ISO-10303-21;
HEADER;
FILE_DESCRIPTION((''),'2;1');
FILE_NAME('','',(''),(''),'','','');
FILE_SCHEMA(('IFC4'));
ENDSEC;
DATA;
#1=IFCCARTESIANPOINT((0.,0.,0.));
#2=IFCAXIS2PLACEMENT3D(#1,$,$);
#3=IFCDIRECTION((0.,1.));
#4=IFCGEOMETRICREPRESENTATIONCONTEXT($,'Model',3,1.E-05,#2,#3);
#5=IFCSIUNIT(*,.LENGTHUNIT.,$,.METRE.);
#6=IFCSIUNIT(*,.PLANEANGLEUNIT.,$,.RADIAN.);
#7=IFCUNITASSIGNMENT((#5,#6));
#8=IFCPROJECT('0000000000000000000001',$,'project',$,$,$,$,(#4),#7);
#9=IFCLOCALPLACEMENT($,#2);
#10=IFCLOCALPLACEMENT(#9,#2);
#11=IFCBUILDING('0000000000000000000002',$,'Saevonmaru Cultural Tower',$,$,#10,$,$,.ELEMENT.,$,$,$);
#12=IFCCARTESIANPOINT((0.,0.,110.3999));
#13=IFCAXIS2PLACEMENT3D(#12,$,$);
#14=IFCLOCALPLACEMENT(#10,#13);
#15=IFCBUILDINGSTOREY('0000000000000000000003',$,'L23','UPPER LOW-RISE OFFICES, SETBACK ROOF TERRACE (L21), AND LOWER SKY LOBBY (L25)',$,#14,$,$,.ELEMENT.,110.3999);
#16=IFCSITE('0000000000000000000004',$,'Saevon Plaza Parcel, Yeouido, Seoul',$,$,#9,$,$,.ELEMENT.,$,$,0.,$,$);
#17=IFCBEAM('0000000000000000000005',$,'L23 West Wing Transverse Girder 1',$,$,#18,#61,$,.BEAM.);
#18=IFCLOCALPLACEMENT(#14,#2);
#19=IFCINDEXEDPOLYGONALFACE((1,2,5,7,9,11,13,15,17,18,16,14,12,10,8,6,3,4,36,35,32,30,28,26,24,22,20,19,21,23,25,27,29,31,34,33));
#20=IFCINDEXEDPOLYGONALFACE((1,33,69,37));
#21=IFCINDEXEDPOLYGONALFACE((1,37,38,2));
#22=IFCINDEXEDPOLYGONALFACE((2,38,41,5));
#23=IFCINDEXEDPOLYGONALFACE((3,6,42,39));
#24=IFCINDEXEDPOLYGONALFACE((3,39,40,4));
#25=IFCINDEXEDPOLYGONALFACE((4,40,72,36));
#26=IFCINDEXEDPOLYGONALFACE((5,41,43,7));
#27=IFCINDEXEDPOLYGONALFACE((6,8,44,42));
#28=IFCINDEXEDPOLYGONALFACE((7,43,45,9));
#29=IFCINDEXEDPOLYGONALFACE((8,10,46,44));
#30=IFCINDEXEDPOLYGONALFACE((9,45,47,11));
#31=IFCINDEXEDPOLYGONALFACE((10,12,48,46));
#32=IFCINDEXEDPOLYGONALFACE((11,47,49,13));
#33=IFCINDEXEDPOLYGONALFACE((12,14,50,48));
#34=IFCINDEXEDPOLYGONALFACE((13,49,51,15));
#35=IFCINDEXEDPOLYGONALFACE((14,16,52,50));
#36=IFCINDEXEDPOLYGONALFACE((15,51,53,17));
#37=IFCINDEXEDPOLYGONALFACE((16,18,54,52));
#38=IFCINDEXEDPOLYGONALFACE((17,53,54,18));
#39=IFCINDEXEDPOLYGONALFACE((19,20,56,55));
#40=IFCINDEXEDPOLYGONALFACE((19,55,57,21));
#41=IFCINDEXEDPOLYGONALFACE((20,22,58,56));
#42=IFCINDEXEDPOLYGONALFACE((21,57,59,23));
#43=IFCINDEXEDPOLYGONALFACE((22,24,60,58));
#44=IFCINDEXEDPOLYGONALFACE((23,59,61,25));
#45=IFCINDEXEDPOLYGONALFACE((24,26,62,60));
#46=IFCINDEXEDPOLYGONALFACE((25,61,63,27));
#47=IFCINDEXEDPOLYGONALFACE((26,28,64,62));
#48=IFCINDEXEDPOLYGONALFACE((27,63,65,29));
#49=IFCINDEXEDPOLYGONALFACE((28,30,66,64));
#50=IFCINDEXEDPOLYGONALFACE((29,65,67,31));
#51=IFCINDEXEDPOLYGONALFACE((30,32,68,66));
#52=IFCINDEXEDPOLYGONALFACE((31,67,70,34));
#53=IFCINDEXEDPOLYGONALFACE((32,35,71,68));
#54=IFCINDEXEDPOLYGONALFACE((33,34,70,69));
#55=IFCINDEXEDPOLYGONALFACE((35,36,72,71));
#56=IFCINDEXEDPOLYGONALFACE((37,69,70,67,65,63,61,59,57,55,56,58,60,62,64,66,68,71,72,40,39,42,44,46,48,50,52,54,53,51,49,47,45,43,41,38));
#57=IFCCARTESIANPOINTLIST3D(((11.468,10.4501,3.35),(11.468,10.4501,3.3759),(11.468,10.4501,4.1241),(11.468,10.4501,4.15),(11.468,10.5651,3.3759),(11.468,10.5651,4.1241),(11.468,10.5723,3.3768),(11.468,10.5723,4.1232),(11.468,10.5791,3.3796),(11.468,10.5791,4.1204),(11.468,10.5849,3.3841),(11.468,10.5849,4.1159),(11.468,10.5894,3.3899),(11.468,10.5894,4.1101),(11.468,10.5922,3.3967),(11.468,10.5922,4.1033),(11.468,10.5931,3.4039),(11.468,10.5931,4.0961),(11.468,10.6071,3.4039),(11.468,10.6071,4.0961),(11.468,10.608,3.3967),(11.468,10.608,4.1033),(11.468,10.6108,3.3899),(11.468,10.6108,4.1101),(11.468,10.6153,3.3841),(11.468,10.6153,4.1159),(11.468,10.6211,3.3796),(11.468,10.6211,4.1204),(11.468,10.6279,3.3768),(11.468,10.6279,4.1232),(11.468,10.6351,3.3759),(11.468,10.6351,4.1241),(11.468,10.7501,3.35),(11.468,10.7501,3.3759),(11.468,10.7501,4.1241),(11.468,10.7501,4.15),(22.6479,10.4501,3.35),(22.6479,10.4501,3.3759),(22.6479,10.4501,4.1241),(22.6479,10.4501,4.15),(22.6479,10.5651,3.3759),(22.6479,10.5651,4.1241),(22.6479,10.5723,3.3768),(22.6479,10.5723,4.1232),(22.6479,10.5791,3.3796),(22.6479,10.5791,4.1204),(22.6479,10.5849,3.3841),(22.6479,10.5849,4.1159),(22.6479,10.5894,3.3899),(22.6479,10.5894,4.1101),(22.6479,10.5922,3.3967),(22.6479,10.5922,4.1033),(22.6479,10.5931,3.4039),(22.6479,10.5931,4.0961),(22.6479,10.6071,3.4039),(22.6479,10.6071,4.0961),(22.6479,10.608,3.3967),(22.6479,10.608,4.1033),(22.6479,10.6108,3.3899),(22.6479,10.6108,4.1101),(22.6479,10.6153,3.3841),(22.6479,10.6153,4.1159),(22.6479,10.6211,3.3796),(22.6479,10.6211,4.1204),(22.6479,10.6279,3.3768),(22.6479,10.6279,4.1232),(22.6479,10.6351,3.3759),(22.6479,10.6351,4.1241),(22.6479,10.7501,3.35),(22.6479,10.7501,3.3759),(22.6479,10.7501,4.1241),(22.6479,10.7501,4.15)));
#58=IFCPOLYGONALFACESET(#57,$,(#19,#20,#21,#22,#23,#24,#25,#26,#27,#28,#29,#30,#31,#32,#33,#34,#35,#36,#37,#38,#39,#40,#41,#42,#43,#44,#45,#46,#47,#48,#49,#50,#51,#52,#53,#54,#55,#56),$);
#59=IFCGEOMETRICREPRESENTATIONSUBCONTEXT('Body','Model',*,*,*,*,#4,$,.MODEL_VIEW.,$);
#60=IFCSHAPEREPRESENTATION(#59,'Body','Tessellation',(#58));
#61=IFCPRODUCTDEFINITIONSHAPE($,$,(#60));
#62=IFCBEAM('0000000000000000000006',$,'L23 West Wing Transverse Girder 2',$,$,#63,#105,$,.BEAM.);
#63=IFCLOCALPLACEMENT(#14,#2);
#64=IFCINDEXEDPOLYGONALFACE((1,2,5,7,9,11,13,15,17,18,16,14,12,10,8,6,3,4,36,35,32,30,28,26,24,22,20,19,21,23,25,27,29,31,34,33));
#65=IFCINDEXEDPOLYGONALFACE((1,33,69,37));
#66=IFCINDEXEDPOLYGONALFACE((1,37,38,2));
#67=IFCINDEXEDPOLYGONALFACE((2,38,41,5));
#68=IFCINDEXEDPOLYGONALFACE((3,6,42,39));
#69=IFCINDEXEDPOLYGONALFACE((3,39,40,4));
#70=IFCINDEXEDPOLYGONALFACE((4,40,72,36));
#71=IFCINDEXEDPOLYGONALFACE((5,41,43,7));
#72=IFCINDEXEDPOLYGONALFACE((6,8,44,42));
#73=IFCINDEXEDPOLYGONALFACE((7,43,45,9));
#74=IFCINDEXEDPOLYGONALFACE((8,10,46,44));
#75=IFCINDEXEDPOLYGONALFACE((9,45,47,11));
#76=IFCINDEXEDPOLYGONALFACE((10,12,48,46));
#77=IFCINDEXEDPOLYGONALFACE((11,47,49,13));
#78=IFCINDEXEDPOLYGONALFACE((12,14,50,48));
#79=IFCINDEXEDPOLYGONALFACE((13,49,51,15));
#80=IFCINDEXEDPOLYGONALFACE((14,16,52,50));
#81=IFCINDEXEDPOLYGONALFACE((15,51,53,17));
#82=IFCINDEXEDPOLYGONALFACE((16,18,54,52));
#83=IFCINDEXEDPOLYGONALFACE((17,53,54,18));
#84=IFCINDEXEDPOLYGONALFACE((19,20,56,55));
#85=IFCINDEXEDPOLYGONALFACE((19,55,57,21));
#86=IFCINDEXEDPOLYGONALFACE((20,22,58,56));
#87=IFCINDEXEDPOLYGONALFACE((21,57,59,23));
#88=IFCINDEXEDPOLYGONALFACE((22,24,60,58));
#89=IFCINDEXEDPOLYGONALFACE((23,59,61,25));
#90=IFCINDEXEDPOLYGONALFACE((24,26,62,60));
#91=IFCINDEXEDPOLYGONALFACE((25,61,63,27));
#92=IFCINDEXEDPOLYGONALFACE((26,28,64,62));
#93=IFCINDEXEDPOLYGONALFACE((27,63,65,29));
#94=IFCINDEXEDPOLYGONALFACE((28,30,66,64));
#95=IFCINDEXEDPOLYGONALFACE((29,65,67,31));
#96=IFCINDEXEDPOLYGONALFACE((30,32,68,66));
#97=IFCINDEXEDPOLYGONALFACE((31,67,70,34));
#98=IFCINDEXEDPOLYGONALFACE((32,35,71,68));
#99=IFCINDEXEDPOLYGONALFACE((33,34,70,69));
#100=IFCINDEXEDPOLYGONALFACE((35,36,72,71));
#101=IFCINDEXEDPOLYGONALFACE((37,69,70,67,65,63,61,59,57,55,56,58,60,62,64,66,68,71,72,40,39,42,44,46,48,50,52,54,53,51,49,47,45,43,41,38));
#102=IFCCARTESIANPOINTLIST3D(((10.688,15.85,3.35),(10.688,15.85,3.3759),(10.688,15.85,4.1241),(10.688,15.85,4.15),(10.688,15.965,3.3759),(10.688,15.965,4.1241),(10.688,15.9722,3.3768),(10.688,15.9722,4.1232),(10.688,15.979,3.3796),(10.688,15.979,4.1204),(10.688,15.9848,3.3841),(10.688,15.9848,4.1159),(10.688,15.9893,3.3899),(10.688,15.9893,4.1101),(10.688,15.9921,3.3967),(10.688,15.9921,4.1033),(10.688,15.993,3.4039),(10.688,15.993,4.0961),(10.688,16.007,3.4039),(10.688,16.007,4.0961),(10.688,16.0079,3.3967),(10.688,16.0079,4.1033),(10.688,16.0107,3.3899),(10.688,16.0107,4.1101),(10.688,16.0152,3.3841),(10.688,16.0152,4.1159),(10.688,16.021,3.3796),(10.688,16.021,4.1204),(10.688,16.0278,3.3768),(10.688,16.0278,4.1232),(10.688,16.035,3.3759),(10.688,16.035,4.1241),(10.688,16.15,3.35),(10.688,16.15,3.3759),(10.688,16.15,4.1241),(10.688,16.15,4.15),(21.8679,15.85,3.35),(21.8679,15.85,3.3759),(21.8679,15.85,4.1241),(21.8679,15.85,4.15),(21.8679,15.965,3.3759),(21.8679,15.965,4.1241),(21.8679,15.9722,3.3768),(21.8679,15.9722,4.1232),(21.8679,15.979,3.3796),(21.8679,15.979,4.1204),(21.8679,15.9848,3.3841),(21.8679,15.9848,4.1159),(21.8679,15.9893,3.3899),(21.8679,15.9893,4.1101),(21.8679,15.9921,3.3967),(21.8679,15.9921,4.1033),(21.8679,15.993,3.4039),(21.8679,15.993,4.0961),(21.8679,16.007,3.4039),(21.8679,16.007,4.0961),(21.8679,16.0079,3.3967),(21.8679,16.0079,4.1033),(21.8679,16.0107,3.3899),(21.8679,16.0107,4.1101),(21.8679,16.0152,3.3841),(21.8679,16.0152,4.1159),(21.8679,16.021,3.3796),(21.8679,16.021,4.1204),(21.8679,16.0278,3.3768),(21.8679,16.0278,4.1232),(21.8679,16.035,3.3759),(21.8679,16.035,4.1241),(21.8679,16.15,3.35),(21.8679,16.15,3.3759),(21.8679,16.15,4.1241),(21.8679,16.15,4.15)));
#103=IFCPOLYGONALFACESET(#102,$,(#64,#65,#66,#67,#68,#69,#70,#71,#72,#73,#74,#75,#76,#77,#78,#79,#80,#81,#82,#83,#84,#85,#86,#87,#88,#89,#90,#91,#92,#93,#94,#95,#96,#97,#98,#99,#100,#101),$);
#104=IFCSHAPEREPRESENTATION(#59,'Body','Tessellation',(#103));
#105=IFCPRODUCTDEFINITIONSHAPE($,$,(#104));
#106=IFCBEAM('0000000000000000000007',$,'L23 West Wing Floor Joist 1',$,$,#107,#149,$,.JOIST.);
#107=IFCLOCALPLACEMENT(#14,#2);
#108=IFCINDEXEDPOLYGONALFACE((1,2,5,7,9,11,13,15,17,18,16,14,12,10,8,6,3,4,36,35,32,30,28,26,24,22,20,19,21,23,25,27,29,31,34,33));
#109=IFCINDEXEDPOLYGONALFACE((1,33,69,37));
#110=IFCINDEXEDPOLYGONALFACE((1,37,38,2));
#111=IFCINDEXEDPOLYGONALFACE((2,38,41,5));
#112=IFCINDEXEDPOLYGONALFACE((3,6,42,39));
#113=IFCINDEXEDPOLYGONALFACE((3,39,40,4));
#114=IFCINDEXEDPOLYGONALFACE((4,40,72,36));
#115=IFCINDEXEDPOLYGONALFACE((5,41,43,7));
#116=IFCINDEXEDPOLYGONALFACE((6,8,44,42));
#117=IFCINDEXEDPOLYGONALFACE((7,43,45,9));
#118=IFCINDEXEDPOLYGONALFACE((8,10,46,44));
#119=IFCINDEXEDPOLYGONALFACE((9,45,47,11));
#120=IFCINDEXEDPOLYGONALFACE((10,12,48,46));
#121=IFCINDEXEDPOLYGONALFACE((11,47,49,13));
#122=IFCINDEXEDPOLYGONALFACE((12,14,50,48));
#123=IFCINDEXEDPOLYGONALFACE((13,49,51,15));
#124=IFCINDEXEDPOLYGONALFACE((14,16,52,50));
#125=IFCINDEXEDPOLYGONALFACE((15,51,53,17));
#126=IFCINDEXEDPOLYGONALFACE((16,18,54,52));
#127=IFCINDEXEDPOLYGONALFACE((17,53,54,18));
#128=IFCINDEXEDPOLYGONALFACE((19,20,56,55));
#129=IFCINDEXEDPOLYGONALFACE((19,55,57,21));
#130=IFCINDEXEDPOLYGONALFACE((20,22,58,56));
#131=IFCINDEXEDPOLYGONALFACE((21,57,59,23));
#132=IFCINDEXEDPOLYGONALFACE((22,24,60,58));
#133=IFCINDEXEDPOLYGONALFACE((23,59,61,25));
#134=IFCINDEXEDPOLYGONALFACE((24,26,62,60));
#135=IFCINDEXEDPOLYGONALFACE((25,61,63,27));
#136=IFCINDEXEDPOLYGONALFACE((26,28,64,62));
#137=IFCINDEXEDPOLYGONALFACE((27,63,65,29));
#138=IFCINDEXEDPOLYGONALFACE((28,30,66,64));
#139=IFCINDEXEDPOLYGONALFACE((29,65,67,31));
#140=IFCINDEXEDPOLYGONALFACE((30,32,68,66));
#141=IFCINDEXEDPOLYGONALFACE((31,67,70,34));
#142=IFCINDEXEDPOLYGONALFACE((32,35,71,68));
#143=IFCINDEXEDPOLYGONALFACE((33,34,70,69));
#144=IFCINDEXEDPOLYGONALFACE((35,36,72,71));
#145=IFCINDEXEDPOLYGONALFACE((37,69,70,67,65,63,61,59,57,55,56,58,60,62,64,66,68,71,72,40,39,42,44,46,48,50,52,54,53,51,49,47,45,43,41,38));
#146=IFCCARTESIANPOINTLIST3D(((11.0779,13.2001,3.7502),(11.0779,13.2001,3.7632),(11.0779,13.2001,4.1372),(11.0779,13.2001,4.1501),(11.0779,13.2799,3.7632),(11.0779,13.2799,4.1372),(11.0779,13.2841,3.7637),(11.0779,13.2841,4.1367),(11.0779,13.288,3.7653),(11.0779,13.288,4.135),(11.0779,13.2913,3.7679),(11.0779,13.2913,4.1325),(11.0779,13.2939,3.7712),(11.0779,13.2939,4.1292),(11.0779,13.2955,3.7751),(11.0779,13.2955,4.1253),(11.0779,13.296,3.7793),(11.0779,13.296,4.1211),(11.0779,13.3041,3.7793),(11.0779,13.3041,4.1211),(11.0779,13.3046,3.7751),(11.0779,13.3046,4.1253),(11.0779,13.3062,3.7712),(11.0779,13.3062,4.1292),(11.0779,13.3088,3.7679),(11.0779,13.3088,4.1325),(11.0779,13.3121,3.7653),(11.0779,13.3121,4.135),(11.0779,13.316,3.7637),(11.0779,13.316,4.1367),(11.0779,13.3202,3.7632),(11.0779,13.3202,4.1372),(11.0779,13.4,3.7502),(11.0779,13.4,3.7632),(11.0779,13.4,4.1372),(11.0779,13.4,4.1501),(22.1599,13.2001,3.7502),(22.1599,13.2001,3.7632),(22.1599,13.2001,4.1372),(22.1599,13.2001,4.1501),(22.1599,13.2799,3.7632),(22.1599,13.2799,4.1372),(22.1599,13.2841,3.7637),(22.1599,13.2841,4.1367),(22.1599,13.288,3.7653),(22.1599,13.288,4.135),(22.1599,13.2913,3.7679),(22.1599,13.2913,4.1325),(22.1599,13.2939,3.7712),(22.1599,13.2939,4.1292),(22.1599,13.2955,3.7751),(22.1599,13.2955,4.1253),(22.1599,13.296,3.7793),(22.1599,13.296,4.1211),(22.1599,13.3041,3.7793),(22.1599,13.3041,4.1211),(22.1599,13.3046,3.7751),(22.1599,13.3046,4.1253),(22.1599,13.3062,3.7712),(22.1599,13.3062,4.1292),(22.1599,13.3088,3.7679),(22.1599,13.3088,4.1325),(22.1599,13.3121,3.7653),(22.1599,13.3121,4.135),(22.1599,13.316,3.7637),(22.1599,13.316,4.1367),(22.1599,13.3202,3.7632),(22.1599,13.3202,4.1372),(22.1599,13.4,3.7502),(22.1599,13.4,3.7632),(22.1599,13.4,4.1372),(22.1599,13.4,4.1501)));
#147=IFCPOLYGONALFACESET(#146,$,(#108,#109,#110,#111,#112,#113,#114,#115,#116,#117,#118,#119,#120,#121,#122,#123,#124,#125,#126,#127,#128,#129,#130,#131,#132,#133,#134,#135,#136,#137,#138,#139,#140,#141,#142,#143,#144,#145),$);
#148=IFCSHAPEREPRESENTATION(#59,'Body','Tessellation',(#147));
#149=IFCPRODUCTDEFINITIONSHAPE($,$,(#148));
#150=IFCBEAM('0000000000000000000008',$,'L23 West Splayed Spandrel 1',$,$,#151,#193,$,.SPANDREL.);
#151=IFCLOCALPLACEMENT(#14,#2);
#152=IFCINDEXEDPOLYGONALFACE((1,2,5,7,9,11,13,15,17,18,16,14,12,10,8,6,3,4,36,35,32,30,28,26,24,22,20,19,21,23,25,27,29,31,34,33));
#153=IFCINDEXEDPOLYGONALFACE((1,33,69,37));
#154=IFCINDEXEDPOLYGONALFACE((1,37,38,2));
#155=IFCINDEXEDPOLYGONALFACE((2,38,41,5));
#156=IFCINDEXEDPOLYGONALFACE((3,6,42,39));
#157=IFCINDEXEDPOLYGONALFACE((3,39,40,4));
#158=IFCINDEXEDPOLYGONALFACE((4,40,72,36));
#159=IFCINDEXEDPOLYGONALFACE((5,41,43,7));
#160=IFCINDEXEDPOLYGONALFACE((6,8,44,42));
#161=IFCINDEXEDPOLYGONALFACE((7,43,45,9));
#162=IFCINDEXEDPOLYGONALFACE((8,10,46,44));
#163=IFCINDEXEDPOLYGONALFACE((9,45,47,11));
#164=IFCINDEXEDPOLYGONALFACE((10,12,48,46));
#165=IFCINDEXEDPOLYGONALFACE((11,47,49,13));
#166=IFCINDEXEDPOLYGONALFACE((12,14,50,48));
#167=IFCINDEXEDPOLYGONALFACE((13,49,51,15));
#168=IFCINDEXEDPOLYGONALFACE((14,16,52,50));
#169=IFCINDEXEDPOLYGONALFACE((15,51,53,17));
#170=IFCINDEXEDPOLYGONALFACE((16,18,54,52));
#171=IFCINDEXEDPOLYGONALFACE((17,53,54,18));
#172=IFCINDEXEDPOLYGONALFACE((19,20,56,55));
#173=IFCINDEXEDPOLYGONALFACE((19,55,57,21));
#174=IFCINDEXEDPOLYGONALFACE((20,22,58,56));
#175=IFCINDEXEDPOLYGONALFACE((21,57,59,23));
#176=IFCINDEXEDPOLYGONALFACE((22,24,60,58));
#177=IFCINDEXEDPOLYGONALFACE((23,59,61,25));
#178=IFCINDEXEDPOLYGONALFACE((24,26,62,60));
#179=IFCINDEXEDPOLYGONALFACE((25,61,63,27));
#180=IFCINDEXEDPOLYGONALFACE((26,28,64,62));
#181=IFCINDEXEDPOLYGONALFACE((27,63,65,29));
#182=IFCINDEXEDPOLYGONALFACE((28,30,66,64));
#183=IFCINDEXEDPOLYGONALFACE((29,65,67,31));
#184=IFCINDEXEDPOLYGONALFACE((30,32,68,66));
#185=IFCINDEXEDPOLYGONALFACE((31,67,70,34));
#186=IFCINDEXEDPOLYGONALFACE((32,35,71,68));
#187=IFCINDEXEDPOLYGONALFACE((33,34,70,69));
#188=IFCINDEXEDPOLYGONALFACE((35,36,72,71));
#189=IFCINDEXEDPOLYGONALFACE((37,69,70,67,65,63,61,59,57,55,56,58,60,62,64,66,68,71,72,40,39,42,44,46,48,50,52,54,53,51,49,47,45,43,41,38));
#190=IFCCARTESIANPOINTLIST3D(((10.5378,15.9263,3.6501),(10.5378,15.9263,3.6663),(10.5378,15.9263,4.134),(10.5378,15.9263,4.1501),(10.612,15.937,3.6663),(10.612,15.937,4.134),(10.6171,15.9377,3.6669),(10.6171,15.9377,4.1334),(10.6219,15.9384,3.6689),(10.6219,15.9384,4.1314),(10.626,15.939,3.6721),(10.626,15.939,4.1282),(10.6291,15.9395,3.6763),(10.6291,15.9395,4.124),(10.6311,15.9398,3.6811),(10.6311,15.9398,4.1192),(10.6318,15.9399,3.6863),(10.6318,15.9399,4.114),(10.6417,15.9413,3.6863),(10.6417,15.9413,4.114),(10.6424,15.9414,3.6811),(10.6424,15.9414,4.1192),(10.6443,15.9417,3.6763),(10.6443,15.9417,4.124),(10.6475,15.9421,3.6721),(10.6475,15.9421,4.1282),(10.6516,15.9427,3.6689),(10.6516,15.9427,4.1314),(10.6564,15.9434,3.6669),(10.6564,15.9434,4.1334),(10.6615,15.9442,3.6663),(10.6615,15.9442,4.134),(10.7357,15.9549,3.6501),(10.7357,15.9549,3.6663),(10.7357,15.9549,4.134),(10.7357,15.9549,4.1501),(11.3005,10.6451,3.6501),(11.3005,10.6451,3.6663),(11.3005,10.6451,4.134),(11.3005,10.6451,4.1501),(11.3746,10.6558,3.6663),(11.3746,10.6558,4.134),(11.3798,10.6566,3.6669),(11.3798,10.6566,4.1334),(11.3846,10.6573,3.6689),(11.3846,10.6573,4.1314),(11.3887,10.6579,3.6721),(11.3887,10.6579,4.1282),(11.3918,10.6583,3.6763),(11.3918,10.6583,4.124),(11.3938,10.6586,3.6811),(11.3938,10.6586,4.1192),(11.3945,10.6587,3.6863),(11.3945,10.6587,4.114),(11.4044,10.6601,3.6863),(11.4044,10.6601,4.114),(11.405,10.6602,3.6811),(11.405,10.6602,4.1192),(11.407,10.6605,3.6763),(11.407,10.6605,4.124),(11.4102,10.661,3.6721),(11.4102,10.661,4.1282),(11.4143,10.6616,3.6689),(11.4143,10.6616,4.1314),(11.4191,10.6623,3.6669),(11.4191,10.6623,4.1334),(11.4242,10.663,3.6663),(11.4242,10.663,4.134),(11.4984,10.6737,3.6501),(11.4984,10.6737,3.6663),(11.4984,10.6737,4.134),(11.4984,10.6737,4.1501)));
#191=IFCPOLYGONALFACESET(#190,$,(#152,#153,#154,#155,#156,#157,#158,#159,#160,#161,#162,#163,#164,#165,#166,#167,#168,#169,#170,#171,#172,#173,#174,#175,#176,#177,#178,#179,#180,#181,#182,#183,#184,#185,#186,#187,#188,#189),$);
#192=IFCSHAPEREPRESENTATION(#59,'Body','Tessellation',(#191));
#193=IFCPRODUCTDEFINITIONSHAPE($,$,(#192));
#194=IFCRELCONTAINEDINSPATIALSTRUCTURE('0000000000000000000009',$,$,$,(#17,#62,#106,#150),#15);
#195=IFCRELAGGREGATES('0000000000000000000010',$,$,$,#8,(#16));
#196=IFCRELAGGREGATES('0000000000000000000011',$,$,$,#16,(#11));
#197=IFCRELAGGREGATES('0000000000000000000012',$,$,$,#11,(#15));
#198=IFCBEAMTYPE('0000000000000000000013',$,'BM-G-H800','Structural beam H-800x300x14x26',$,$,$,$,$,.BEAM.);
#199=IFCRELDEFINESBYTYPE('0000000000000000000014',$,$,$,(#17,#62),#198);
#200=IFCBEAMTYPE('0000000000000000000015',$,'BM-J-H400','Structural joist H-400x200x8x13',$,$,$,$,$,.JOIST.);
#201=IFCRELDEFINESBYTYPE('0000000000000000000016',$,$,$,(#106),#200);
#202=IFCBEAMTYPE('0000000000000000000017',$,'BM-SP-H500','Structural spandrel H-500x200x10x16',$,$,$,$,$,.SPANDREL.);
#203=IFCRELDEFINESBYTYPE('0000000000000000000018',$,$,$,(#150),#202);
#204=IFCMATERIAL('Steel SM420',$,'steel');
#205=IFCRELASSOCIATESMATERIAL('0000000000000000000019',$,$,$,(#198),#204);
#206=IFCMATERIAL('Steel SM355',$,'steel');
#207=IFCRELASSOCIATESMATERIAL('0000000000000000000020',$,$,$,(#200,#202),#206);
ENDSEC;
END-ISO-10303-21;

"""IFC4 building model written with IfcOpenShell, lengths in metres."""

from ifc_helpers import new_model, si_unit, direction, frame, origin, origin_2d, place, context, subcontext, project, spatial, i_section, extrude, material, material_profile, profile_set, type_object, element, save


model = new_model("IFC4")

# Units and contexts
model_context = context("Model", 3, precision=1e-05, world=origin(), true_north=direction((0.0, 1.0)))
body_context = subcontext(model_context, "Body", "Model", "MODEL_VIEW")
ifc_project = project(units=[si_unit("LENGTHUNIT", "METRE"), si_unit("PLANEANGLEUNIT", "RADIAN")], contexts=[model_context])

# Site, building, storey
site_placement = place(None, origin())
site = spatial("IfcSite", under=ifc_project, at=site_placement, Name="Saevon Plaza Parcel, Yeouido, Seoul", CompositionType="ELEMENT", RefElevation=0.0)
building_placement = place(site_placement, origin())
building = spatial("IfcBuilding", under=site, at=building_placement, Name="Saevonmaru Cultural Tower", CompositionType="ELEMENT")
storey_placement = place(building_placement, frame((0.0, 0.0, 110.3999)))
storey = spatial("IfcBuildingStorey", under=building, at=storey_placement, Name="L23", Description="UPPER LOW-RISE OFFICES, SETBACK ROOF TERRACE (L21), AND LOWER SKY LOBBY (L25)", CompositionType="ELEMENT", Elevation=110.3999)

# Shared definitions
ifc_material_1 = material(Name="Steel SM420", Category="steel")
ifc_material_2 = material(Name="Steel SM355", Category="steel")

# Beams
ifc_material_profile_1 = material_profile(ifc_material_1, i_section(OverallWidth=0.3, OverallDepth=0.8, WebThickness=0.0139, FlangeThickness=0.0259, FilletRadius=0.0281, at=origin_2d()), Name="H-800x300x14x26")
ifc_profile_set_1 = profile_set([ifc_material_profile_1], Name="Steel SM420")
beam_type_1 = type_object("IfcBeamType", Name="BM-G-H800", Description="Structural beam H-800x300x14x26", PredefinedType="BEAM", material=ifc_profile_set_1)
for number, where, z_axis, x_axis, name in (
    (1, (11.468, 10.6001, 3.75), (1.0, 0.0, 0.0), (0.0, 1.0, 0.0), "L23 West Wing Transverse Girder 1"),
    (2, (10.688, 16.0, 3.75), (1.0, 0.0, 0.0), (0.0, 1.0, 0.0), "L23 West Wing Transverse Girder 2"),
):
    element("IfcBeam", number, at=place(storey_placement, frame(where, z_axis=z_axis, x_axis=x_axis)), inside=storey, type_object=beam_type_1, Name=name, PredefinedType="BEAM", context=body_context, shape_type="SweptSolid", body=[
        extrude(i_section(OverallWidth=0.3, OverallDepth=0.8, WebThickness=0.0139, FlangeThickness=0.0259, FilletRadius=0.0281, at=origin_2d()), origin(), (0.0, 0.0, 1.0), 11.1799),
    ])
ifc_material_profile_2 = material_profile(ifc_material_2, i_section(OverallWidth=0.2, OverallDepth=0.3999, WebThickness=0.0081, FlangeThickness=0.0129, FilletRadius=0.0161, at=origin_2d()), Name="H-400x200x8x13")
ifc_profile_set_2 = profile_set([ifc_material_profile_2], Name="Steel SM355")
beam_type_2 = type_object("IfcBeamType", Name="BM-J-H400", Description="Structural joist H-400x200x8x13", PredefinedType="JOIST", material=ifc_profile_set_2)
beam_1_placement = place(storey_placement, frame((11.0779, 13.3, 3.9502), z_axis=(1.0, 0.0, 0.0), x_axis=(0.0, 1.0, 0.0)))
element("IfcBeam", 3, at=beam_1_placement, inside=storey, type_object=beam_type_2, Name="L23 West Wing Floor Joist 1", PredefinedType="JOIST", context=body_context, shape_type="SweptSolid", body=[
    extrude(i_section(OverallWidth=0.2, OverallDepth=0.3999, WebThickness=0.0081, FlangeThickness=0.0129, FilletRadius=0.0161, at=origin_2d()), origin(), (0.0, 0.0, 1.0), 11.082),
])
ifc_material_profile_3 = material_profile(ifc_material_2, i_section(OverallWidth=0.2, OverallDepth=0.5, WebThickness=0.01, FlangeThickness=0.0161, FilletRadius=0.02, at=origin_2d()), Name="H-500x200x10x16")
ifc_profile_set_3 = profile_set([ifc_material_profile_3], Name="Steel SM355")
beam_type_3 = type_object("IfcBeamType", Name="BM-SP-H500", Description="Structural spandrel H-500x200x10x16", PredefinedType="SPANDREL", material=ifc_profile_set_3)
beam_2_placement = place(storey_placement, frame((11.3994, 10.6594, 3.9001), z_axis=(-0.142933, 0.989732, 0.0), x_axis=(-0.989732, -0.142933, 0.0)))
element("IfcBeam", 4, at=beam_2_placement, inside=storey, type_object=beam_type_3, Name="L23 West Splayed Spandrel 1", PredefinedType="SPANDREL", context=body_context, shape_type="SweptSolid", body=[
    extrude(i_section(OverallWidth=0.2, OverallDepth=0.5, WebThickness=0.01, FlangeThickness=0.0161, FilletRadius=0.02, at=origin_2d()), origin(), (0.0, 0.0, 1.0), 5.3359),
])

save(model, "model.ifc")
